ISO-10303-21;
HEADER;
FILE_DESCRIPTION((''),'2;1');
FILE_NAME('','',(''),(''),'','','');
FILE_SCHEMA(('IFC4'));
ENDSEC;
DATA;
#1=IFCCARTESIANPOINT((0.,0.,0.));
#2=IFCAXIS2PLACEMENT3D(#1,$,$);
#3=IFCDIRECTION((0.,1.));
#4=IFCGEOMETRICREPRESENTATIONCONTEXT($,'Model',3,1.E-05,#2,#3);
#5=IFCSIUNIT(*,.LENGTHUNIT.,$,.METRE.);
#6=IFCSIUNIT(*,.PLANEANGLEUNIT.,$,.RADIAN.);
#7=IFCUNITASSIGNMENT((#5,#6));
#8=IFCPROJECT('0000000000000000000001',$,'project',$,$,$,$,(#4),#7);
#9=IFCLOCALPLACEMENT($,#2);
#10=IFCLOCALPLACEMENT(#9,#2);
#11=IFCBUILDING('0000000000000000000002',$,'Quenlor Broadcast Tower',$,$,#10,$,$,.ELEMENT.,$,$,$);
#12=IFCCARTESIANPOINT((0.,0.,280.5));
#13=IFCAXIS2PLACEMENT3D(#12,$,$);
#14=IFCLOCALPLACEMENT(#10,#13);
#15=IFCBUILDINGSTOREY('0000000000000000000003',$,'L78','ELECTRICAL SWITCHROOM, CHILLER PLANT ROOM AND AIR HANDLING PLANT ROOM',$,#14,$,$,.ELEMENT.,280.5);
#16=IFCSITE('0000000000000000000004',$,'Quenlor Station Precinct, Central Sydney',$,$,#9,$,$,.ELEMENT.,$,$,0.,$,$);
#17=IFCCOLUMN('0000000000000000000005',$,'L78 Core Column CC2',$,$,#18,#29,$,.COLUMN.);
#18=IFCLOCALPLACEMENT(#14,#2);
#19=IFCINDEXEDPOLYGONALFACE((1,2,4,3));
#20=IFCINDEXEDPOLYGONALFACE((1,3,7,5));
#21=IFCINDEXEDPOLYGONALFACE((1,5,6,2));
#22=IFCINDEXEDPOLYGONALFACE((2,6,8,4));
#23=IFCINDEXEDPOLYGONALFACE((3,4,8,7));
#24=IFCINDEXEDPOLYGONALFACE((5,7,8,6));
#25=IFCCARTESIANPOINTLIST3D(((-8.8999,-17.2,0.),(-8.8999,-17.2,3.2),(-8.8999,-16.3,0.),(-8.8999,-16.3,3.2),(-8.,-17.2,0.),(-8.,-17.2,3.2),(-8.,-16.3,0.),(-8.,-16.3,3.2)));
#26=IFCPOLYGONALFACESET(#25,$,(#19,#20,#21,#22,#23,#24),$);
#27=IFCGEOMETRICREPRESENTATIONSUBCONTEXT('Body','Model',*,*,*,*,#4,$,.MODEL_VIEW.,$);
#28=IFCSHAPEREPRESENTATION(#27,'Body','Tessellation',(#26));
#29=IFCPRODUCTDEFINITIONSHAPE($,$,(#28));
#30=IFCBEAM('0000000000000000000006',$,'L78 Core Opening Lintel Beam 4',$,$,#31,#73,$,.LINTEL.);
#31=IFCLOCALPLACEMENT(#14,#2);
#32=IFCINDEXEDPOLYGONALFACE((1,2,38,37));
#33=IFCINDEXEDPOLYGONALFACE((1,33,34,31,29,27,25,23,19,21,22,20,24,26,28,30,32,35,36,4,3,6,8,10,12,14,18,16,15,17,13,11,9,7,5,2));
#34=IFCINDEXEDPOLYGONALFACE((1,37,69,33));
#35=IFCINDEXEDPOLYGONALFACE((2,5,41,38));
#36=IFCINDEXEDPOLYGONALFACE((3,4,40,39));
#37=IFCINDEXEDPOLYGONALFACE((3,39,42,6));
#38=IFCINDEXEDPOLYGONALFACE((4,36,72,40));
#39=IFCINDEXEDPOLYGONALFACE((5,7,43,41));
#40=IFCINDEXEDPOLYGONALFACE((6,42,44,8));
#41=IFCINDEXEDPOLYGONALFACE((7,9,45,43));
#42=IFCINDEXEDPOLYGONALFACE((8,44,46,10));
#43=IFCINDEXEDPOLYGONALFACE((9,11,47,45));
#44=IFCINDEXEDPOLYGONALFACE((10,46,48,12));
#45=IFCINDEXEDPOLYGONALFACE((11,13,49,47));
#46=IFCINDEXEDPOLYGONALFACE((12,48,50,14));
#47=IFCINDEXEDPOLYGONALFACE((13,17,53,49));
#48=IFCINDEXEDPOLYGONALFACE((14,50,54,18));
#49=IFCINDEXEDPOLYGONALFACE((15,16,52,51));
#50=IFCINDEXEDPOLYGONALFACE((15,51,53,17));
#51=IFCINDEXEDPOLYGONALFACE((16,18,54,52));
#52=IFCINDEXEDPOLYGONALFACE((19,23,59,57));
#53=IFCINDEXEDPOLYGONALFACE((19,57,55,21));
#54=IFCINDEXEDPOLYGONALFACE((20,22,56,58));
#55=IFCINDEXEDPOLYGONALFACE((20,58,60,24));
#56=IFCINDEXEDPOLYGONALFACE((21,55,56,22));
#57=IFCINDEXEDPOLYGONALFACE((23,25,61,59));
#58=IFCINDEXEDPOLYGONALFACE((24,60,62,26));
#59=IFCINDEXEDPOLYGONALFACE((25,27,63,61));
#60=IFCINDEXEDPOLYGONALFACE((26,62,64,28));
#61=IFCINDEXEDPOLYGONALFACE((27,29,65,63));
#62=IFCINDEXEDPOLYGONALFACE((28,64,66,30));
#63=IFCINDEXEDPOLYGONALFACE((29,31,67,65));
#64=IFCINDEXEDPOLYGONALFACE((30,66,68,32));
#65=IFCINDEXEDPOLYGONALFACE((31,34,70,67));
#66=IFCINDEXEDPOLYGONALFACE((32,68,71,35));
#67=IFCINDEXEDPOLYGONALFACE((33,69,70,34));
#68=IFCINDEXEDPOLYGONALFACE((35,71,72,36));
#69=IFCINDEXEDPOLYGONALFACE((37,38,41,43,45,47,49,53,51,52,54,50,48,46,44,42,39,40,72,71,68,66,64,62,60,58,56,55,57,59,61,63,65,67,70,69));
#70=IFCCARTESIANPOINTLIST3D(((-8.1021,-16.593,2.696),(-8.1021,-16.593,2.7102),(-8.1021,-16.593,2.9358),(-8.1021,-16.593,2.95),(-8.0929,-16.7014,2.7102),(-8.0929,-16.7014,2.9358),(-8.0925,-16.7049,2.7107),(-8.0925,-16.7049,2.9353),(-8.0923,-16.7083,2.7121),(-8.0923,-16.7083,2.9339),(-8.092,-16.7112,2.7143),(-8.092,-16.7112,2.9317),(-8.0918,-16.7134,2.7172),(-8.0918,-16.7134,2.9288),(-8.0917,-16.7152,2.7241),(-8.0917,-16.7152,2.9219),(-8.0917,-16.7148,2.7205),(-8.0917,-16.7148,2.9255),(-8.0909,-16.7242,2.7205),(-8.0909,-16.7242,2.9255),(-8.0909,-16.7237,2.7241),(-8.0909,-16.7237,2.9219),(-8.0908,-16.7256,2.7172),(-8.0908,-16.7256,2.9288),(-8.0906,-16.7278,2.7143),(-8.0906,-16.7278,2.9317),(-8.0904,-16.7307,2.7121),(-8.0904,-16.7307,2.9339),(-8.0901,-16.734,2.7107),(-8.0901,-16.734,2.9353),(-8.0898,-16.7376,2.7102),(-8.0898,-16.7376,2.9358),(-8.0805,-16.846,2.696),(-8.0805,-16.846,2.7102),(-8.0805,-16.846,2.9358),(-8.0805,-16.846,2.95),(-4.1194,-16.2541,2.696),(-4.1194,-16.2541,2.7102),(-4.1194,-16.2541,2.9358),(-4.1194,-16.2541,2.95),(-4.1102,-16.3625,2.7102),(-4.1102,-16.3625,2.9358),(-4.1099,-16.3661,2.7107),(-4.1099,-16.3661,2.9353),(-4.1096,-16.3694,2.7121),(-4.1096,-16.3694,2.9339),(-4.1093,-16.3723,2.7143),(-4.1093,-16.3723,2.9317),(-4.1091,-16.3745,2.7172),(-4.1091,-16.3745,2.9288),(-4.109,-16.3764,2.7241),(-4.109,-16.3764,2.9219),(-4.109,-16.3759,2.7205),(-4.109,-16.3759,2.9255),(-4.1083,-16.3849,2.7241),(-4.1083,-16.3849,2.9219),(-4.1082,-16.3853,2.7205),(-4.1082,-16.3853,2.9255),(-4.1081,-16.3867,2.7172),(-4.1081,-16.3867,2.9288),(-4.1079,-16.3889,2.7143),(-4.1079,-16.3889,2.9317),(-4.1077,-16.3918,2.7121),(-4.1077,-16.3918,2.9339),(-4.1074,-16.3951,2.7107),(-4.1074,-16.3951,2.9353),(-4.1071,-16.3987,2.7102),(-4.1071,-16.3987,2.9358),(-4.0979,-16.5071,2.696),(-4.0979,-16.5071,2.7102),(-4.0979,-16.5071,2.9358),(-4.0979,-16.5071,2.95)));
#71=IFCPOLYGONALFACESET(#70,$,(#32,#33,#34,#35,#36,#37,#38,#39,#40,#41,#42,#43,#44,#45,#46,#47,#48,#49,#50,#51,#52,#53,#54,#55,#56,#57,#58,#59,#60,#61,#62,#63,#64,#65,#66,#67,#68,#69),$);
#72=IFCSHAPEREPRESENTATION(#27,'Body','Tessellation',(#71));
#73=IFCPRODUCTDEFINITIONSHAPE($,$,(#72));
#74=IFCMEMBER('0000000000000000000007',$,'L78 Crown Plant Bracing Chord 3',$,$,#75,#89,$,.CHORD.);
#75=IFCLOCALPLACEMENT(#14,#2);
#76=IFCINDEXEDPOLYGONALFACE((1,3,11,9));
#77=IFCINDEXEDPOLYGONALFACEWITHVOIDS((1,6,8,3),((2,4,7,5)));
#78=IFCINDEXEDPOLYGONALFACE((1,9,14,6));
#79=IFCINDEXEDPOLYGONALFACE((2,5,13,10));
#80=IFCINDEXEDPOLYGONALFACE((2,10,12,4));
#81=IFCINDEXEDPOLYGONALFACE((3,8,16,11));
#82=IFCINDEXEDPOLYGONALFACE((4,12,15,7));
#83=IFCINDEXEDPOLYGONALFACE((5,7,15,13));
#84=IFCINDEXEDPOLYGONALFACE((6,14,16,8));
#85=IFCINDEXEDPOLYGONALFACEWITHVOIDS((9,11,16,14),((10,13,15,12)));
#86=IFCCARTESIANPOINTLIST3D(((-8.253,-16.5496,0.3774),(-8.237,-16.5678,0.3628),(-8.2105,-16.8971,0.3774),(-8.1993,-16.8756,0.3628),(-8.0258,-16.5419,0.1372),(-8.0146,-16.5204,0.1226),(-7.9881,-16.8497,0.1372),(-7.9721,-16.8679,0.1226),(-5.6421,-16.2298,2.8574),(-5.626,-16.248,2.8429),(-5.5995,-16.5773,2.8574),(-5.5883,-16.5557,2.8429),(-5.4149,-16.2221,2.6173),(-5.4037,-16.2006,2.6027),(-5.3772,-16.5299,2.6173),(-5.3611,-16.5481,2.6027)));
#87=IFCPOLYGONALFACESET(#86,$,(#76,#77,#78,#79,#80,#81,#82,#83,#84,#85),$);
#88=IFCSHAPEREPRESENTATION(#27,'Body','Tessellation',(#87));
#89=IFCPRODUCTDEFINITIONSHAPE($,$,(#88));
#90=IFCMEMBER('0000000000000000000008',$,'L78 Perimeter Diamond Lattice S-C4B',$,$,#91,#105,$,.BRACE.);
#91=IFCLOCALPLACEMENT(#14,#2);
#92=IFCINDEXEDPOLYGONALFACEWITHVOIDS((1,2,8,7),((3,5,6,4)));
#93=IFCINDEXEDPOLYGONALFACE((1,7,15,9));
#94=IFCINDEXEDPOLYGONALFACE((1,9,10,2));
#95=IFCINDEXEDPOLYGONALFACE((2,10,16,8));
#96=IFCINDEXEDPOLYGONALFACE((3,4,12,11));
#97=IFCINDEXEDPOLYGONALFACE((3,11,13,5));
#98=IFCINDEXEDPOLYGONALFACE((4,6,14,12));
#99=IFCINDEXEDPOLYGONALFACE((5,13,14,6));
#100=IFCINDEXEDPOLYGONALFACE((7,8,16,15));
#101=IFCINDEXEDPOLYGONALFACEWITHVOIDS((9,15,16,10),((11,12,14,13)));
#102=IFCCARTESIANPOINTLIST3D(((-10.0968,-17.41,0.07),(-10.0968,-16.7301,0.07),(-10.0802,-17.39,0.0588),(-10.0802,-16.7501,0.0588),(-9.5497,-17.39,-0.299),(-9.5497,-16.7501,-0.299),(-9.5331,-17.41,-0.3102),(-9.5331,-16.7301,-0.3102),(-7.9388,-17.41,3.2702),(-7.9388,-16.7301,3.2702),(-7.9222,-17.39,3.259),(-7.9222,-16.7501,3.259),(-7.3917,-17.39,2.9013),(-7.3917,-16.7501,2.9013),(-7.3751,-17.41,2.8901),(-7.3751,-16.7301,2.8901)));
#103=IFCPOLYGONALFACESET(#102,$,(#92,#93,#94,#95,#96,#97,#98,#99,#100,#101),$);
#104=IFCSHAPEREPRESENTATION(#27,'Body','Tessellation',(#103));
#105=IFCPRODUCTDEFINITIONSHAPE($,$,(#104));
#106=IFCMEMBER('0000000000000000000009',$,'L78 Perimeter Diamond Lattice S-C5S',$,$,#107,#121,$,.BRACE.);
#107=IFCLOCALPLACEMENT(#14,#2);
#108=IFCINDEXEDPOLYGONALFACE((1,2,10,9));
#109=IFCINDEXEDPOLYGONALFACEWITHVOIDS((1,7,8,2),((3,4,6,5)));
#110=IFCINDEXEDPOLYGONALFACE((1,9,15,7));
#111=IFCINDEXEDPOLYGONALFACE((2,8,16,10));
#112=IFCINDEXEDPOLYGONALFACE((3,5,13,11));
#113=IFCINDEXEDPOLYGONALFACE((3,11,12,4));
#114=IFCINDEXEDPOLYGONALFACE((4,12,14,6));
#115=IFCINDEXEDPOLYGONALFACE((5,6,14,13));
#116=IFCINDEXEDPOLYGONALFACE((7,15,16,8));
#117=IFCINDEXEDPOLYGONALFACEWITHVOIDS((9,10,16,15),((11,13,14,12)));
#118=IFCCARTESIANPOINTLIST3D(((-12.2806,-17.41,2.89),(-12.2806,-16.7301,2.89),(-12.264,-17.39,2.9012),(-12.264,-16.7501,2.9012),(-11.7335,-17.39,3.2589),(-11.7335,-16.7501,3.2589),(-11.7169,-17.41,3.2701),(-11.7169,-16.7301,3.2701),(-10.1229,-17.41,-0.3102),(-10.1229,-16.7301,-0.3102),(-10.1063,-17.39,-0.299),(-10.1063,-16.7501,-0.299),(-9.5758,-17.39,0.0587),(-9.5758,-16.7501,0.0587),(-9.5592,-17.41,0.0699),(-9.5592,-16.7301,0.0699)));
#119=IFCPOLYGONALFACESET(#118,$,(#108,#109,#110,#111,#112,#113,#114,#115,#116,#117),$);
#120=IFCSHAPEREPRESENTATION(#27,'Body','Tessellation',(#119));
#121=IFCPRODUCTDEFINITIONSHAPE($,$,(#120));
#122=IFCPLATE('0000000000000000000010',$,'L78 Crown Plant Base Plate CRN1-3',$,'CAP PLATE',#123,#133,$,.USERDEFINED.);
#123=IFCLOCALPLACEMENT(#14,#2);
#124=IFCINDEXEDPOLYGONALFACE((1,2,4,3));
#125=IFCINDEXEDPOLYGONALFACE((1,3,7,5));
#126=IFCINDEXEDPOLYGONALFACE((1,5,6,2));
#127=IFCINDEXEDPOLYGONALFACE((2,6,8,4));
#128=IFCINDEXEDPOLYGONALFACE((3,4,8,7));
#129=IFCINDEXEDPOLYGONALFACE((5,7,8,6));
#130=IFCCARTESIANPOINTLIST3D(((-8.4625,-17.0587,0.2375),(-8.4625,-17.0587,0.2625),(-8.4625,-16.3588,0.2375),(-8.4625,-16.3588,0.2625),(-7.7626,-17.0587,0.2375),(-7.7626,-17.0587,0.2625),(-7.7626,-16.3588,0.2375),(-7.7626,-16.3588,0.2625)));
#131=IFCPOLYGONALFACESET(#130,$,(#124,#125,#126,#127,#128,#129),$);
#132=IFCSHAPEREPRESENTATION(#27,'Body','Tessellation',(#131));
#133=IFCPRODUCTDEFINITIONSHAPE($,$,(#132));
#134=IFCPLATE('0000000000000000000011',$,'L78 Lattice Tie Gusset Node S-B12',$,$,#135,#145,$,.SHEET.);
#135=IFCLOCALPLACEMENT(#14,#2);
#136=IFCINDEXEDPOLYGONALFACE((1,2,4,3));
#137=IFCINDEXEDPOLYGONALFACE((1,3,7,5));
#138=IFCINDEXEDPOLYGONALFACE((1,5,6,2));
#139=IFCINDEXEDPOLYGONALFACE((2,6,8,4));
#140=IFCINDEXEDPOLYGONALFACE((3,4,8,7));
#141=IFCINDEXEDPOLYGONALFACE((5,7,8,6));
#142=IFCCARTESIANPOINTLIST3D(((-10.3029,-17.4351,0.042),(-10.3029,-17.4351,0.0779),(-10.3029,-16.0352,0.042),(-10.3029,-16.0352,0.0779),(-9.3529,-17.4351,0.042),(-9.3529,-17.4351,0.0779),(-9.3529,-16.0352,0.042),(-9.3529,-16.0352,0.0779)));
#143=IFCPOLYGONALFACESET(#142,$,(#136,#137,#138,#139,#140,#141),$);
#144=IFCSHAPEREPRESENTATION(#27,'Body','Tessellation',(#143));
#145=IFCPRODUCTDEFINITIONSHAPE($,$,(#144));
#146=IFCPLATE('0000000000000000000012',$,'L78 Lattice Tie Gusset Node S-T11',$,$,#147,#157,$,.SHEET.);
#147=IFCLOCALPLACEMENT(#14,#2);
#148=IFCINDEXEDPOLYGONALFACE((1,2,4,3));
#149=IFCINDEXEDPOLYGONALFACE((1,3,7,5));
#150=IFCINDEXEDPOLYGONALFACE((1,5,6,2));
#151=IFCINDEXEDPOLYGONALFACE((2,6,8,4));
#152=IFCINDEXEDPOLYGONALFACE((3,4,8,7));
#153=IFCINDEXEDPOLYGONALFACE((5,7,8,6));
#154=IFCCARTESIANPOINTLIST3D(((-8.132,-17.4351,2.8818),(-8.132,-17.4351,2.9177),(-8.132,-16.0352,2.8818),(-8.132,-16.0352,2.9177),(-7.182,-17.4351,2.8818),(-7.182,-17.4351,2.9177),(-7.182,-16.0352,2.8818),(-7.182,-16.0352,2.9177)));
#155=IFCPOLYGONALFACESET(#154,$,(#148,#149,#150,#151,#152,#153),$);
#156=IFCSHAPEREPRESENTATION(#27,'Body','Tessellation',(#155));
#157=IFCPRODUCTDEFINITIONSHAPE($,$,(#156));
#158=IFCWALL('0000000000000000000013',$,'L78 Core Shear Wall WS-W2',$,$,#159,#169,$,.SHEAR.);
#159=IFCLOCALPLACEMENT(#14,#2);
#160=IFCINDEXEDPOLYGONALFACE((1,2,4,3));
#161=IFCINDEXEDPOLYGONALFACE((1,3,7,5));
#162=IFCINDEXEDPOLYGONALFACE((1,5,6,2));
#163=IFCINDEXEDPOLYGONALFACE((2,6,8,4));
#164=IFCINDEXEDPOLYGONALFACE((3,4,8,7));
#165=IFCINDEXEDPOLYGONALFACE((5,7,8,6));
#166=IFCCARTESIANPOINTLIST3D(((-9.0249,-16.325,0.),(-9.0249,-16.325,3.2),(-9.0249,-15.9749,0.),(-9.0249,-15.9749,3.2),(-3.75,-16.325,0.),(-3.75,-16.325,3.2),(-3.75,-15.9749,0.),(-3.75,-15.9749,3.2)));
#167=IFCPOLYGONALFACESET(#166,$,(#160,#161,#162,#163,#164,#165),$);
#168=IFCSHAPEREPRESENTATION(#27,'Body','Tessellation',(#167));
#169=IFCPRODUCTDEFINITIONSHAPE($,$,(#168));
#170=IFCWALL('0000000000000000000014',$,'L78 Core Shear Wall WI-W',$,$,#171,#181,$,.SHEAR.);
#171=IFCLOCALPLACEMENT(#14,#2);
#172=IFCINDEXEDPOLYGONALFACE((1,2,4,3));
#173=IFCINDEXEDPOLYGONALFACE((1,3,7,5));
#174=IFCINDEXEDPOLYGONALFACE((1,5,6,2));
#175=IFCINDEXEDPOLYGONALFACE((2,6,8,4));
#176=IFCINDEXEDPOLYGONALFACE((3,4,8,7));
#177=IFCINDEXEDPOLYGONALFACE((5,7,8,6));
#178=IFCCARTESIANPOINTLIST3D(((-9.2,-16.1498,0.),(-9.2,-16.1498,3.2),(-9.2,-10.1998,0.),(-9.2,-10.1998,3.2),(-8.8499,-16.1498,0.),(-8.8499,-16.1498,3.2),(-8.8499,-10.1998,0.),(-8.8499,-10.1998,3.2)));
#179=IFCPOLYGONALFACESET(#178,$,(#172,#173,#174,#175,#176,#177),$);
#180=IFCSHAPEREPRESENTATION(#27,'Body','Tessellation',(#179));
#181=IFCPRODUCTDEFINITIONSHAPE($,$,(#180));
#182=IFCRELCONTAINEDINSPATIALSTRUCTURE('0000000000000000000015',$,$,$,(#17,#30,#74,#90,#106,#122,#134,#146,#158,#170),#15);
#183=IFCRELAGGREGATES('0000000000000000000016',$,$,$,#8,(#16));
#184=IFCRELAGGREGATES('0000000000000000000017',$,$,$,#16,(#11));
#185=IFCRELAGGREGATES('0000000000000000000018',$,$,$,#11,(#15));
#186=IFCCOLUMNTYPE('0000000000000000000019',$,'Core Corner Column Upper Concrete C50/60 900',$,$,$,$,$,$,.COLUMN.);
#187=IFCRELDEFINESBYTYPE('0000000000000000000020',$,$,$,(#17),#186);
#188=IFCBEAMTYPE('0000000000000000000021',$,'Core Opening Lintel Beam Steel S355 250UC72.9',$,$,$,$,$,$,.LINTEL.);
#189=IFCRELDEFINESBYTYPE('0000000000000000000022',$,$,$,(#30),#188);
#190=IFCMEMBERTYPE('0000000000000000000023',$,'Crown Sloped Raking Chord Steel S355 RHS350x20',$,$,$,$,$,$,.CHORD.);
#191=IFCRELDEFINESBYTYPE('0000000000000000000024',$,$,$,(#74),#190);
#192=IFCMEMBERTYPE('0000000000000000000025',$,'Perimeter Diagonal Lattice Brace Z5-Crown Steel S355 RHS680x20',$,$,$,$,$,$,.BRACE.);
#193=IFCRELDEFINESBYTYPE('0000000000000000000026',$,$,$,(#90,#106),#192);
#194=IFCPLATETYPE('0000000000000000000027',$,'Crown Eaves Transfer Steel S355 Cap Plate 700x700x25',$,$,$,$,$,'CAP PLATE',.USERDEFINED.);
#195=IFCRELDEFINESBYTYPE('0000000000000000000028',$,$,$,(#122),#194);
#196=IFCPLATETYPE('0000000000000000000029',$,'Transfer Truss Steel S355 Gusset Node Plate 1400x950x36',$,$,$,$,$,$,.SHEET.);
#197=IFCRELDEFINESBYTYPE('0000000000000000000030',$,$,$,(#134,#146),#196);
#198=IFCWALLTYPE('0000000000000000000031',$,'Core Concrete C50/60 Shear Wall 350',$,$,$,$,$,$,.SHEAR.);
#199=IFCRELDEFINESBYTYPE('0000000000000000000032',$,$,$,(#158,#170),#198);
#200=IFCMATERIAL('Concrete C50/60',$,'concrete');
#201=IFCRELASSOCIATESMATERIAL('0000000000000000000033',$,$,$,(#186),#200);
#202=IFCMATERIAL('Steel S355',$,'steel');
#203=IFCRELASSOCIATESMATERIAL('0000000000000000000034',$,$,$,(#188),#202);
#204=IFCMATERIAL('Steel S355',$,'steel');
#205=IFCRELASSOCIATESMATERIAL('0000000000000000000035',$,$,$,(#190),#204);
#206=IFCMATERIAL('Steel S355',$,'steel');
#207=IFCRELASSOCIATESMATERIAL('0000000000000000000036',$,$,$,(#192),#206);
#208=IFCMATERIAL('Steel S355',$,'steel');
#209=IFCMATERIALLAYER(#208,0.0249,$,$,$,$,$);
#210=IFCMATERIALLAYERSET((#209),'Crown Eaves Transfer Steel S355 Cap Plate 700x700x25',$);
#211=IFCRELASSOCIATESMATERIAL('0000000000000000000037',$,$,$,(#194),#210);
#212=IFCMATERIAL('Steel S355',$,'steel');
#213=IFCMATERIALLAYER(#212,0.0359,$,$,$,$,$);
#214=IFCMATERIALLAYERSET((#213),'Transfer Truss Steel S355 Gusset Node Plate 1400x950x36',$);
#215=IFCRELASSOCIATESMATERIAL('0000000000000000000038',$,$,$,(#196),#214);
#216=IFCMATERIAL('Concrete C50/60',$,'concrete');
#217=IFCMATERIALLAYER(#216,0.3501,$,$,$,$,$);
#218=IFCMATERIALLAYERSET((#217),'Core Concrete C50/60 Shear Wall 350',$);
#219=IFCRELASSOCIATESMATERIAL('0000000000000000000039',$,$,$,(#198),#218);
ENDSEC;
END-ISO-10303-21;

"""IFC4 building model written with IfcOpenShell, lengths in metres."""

from ifc_helpers import new_model, si_unit, direction, frame, frame_2d, origin, origin_2d, place, context, subcontext, project, spatial, rectangle, hollow_rectangle, i_section, extrude, material, layer, layer_set, material_profile, profile_set, type_object, element, save


model = new_model("IFC4")

# Units and contexts
model_context = context("Model", 3, precision=1e-05, world=origin(), true_north=direction((0.0, 1.0)))
body_context = subcontext(model_context, "Body", "Model", "MODEL_VIEW")
ifc_project = project(units=[si_unit("LENGTHUNIT", "METRE"), si_unit("PLANEANGLEUNIT", "RADIAN")], contexts=[model_context])

# Site, building, storey
site_placement = place(None, origin())
site = spatial("IfcSite", under=ifc_project, at=site_placement, Name="Quenlor Station Precinct, Central Sydney", CompositionType="ELEMENT", RefElevation=0.0)
building_placement = place(site_placement, origin())
building = spatial("IfcBuilding", under=site, at=building_placement, Name="Quenlor Broadcast Tower", CompositionType="ELEMENT")
storey_placement = place(building_placement, frame((0.0, 0.0, 280.5)))
storey = spatial("IfcBuildingStorey", under=building, at=storey_placement, Name="L78", Description="ELECTRICAL SWITCHROOM, CHILLER PLANT ROOM AND AIR HANDLING PLANT ROOM", CompositionType="ELEMENT", Elevation=280.5)

# Column
ifc_material_1 = material(Name="Concrete C50/60", Category="concrete")
ifc_material_profile_1 = material_profile(ifc_material_1, rectangle(XDim=0.8999, YDim=0.8999, at=origin_2d()))
ifc_profile_set_1 = profile_set([ifc_material_profile_1], Name="Concrete C50/60 RC900x900")
column_type = type_object("IfcColumnType", Name="Core Corner Column Upper Concrete C50/60 900", PredefinedType="COLUMN", material=ifc_profile_set_1)
column_placement = place(storey_placement, frame((-8.45, -16.75, 0.0), z_axis=(0.0, 0.0, 1.0), x_axis=(1.0, 0.0, 0.0)))
element("IfcColumn", 1, at=column_placement, inside=storey, type_object=column_type, Name="L78 Core Column CC2", PredefinedType="COLUMN", context=body_context, shape_type="SweptSolid", body=[
    extrude(rectangle(XDim=0.8999, YDim=0.8999, at=origin_2d()), origin(), (0.0, 0.0, 1.0), 3.2),
])

# Beam
ifc_material_2 = material(Name="Steel S355", Category="steel")
ifc_material_profile_2 = material_profile(ifc_material_2, i_section(OverallWidth=0.2539, OverallDepth=0.2539, WebThickness=0.0085, FlangeThickness=0.0142, FilletRadius=0.0139, at=origin_2d()))
ifc_profile_set_2 = profile_set([ifc_material_profile_2], Name="Steel S355 250UC72.9")
beam_type = type_object("IfcBeamType", Name="Core Opening Lintel Beam Steel S355 250UC72.9", PredefinedType="LINTEL", material=ifc_profile_set_2)
beam_placement = place(storey_placement, frame((-8.0913, -16.7195, 2.823), z_axis=(0.9964, 0.084779, 0.0), x_axis=(-0.084779, 0.9964, 0.0)))
element("IfcBeam", 2, at=beam_placement, inside=storey, type_object=beam_type, Name="L78 Core Opening Lintel Beam 4", PredefinedType="LINTEL", context=body_context, shape_type="SweptSolid", body=[
    extrude(i_section(OverallWidth=0.2539, OverallDepth=0.2539, WebThickness=0.0085, FlangeThickness=0.0142, FilletRadius=0.0139, at=origin_2d()), origin(), (0.0, 0.0, 1.0), 3.9971),
])

# Members
ifc_material_3 = material(Name="Steel S355", Category="steel")
ifc_material_profile_3 = material_profile(ifc_material_3, hollow_rectangle(XDim=0.3501, YDim=0.3501, WallThickness=0.02, at=origin_2d()))
ifc_profile_set_3 = profile_set([ifc_material_profile_3], Name="Steel S355 RHS350x350x20")
member_type_1 = type_object("IfcMemberType", Name="Crown Sloped Raking Chord Steel S355 RHS350x20", PredefinedType="CHORD", material=ifc_profile_set_3)
member_1_placement = place(storey_placement, frame((-8.1125, -16.7087, 0.25), z_axis=(0.722201, 0.088469, 0.686003), x_axis=(-0.12159, 0.99258, 0.0)))
element("IfcMember", 3, at=member_1_placement, inside=storey, type_object=member_type_1, Name="L78 Crown Plant Bracing Chord 3", PredefinedType="CHORD", context=body_context, shape_type="SweptSolid", body=[
    extrude(hollow_rectangle(XDim=0.3501, YDim=0.3501, WallThickness=0.02, at=origin_2d()), origin(), (0.0, 0.0, 1.0), 3.6152),
])
ifc_material_4 = material(Name="Steel S355", Category="steel")
ifc_material_profile_4 = material_profile(ifc_material_4, hollow_rectangle(XDim=0.6799, YDim=0.6799, WallThickness=0.02, at=origin_2d()))
ifc_profile_set_4 = profile_set([ifc_material_profile_4], Name="Steel S355 RHS680x680x20")
member_type_2 = type_object("IfcMemberType", Name="Perimeter Diagonal Lattice Brace Z5-Crown Steel S355 RHS680x20", PredefinedType="BRACE", material=ifc_profile_set_4)
member_2_placement = place(storey_placement, frame((-9.8149, -17.0701, -0.1201), z_axis=(0.559086, 0.0, 0.82911), x_axis=(0.0, 1.0, 0.0)))
element("IfcMember", 4, at=member_2_placement, inside=storey, type_object=member_type_2, Name="L78 Perimeter Diamond Lattice S-C4B", PredefinedType="BRACE", context=body_context, shape_type="SweptSolid", body=[
    extrude(hollow_rectangle(XDim=0.6799, YDim=0.6799, WallThickness=0.02, at=origin_2d()), origin(), (0.0, 0.0, 1.0), 3.8599),
])
member_3_placement = place(storey_placement, frame((-9.8411, -17.0701, -0.1201), z_axis=(-0.559043, 0.0, 0.829139), x_axis=(0.0, -1.0, 0.0)))
element("IfcMember", 5, at=member_3_placement, inside=storey, type_object=member_type_2, Name="L78 Perimeter Diamond Lattice S-C5S", PredefinedType="BRACE", context=body_context, shape_type="SweptSolid", body=[
    extrude(hollow_rectangle(XDim=0.6799, YDim=0.6799, WallThickness=0.02, at=origin_2d()), origin(), (0.0, 0.0, 1.0), 3.8596),
])

# Plates
ifc_material_5 = material(Name="Steel S355", Category="steel")
ifc_layer_1 = layer(ifc_material_5, 0.0249)
ifc_layer_set_1 = layer_set([ifc_layer_1], Name="Crown Eaves Transfer Steel S355 Cap Plate 700x700x25")
plate_type_1 = type_object("IfcPlateType", Name="Crown Eaves Transfer Steel S355 Cap Plate 700x700x25", ElementType="CAP PLATE", PredefinedType="USERDEFINED", material=ifc_layer_set_1)
plate_placement = place(storey_placement, frame((-8.1125, -16.7087, 0.2375), z_axis=(0.0, 0.0, 1.0), x_axis=(1.0, 0.0, 0.0)))
element("IfcPlate", 6, at=plate_placement, inside=storey, type_object=plate_type_1, Name="L78 Crown Plant Base Plate CRN1-3", ObjectType="CAP PLATE", PredefinedType="USERDEFINED", context=body_context, shape_type="SweptSolid", body=[
    extrude(rectangle(XDim=0.7, YDim=0.7, at=origin_2d()), origin(), (0.0, 0.0, 1.0), 0.0249),
])
ifc_material_6 = material(Name="Steel S355", Category="steel")
ifc_layer_2 = layer(ifc_material_6, 0.0359)
ifc_layer_set_2 = layer_set([ifc_layer_2], Name="Transfer Truss Steel S355 Gusset Node Plate 1400x950x36")
plate_type_2 = type_object("IfcPlateType", Name="Transfer Truss Steel S355 Gusset Node Plate 1400x950x36", PredefinedType="SHEET", material=ifc_layer_set_2)
for number, where, z_axis, x_axis, name in (
    (7, (-9.8279, -16.7351, 0.042), (0.0, 0.0, 1.0), (0.0, -1.0, 0.0), "L78 Lattice Tie Gusset Node S-B12"),
    (8, (-7.657, -16.7351, 2.8818), (0.0, 0.0, 1.0), (0.0, -1.0, 0.0), "L78 Lattice Tie Gusset Node S-T11"),
):
    element("IfcPlate", number, at=place(storey_placement, frame(where, z_axis=z_axis, x_axis=x_axis)), inside=storey, type_object=plate_type_2, Name=name, PredefinedType="SHEET", context=body_context, shape_type="SweptSolid", body=[
        extrude(rectangle(XDim=1.3999, YDim=0.95, at=origin_2d()), origin(), (0.0, 0.0, 1.0), 0.0359),
    ])

# Walls
ifc_material_7 = material(Name="Concrete C50/60", Category="concrete")
ifc_layer_3 = layer(ifc_material_7, 0.3501)
ifc_layer_set_3 = layer_set([ifc_layer_3], Name="Core Concrete C50/60 Shear Wall 350")
wall_type_1 = type_object("IfcWallType", Name="Core Concrete C50/60 Shear Wall 350", PredefinedType="SHEAR", material=ifc_layer_set_3)
wall_1_placement = place(storey_placement, frame((-9.0249, -16.1499, 0.0), z_axis=(0.0, 0.0, 1.0), x_axis=(1.0, 0.0, 0.0)))
element("IfcWall", 9, at=wall_1_placement, inside=storey, type_object=wall_type_1, Name="L78 Core Shear Wall WS-W2", PredefinedType="SHEAR", context=body_context, shape_type="SweptSolid", body=[
    extrude(rectangle(XDim=5.2749, YDim=0.3501, at=frame_2d((2.6375, 0.0))), origin(), (0.0, 0.0, 1.0), 3.2),
])
wall_2_placement = place(storey_placement, frame((-9.0249, -16.1499, 0.0), z_axis=(0.0, 0.0, 1.0), x_axis=(0.0, 1.0, 0.0)))
element("IfcWall", 10, at=wall_2_placement, inside=storey, type_object=wall_type_1, Name="L78 Core Shear Wall WI-W", PredefinedType="SHEAR", context=body_context, shape_type="SweptSolid", body=[
    extrude(rectangle(XDim=5.95, YDim=0.3501, at=frame_2d((2.9751, 0.0))), origin(), (0.0, 0.0, 1.0), 3.2),
])

save(model, "model.ifc")
